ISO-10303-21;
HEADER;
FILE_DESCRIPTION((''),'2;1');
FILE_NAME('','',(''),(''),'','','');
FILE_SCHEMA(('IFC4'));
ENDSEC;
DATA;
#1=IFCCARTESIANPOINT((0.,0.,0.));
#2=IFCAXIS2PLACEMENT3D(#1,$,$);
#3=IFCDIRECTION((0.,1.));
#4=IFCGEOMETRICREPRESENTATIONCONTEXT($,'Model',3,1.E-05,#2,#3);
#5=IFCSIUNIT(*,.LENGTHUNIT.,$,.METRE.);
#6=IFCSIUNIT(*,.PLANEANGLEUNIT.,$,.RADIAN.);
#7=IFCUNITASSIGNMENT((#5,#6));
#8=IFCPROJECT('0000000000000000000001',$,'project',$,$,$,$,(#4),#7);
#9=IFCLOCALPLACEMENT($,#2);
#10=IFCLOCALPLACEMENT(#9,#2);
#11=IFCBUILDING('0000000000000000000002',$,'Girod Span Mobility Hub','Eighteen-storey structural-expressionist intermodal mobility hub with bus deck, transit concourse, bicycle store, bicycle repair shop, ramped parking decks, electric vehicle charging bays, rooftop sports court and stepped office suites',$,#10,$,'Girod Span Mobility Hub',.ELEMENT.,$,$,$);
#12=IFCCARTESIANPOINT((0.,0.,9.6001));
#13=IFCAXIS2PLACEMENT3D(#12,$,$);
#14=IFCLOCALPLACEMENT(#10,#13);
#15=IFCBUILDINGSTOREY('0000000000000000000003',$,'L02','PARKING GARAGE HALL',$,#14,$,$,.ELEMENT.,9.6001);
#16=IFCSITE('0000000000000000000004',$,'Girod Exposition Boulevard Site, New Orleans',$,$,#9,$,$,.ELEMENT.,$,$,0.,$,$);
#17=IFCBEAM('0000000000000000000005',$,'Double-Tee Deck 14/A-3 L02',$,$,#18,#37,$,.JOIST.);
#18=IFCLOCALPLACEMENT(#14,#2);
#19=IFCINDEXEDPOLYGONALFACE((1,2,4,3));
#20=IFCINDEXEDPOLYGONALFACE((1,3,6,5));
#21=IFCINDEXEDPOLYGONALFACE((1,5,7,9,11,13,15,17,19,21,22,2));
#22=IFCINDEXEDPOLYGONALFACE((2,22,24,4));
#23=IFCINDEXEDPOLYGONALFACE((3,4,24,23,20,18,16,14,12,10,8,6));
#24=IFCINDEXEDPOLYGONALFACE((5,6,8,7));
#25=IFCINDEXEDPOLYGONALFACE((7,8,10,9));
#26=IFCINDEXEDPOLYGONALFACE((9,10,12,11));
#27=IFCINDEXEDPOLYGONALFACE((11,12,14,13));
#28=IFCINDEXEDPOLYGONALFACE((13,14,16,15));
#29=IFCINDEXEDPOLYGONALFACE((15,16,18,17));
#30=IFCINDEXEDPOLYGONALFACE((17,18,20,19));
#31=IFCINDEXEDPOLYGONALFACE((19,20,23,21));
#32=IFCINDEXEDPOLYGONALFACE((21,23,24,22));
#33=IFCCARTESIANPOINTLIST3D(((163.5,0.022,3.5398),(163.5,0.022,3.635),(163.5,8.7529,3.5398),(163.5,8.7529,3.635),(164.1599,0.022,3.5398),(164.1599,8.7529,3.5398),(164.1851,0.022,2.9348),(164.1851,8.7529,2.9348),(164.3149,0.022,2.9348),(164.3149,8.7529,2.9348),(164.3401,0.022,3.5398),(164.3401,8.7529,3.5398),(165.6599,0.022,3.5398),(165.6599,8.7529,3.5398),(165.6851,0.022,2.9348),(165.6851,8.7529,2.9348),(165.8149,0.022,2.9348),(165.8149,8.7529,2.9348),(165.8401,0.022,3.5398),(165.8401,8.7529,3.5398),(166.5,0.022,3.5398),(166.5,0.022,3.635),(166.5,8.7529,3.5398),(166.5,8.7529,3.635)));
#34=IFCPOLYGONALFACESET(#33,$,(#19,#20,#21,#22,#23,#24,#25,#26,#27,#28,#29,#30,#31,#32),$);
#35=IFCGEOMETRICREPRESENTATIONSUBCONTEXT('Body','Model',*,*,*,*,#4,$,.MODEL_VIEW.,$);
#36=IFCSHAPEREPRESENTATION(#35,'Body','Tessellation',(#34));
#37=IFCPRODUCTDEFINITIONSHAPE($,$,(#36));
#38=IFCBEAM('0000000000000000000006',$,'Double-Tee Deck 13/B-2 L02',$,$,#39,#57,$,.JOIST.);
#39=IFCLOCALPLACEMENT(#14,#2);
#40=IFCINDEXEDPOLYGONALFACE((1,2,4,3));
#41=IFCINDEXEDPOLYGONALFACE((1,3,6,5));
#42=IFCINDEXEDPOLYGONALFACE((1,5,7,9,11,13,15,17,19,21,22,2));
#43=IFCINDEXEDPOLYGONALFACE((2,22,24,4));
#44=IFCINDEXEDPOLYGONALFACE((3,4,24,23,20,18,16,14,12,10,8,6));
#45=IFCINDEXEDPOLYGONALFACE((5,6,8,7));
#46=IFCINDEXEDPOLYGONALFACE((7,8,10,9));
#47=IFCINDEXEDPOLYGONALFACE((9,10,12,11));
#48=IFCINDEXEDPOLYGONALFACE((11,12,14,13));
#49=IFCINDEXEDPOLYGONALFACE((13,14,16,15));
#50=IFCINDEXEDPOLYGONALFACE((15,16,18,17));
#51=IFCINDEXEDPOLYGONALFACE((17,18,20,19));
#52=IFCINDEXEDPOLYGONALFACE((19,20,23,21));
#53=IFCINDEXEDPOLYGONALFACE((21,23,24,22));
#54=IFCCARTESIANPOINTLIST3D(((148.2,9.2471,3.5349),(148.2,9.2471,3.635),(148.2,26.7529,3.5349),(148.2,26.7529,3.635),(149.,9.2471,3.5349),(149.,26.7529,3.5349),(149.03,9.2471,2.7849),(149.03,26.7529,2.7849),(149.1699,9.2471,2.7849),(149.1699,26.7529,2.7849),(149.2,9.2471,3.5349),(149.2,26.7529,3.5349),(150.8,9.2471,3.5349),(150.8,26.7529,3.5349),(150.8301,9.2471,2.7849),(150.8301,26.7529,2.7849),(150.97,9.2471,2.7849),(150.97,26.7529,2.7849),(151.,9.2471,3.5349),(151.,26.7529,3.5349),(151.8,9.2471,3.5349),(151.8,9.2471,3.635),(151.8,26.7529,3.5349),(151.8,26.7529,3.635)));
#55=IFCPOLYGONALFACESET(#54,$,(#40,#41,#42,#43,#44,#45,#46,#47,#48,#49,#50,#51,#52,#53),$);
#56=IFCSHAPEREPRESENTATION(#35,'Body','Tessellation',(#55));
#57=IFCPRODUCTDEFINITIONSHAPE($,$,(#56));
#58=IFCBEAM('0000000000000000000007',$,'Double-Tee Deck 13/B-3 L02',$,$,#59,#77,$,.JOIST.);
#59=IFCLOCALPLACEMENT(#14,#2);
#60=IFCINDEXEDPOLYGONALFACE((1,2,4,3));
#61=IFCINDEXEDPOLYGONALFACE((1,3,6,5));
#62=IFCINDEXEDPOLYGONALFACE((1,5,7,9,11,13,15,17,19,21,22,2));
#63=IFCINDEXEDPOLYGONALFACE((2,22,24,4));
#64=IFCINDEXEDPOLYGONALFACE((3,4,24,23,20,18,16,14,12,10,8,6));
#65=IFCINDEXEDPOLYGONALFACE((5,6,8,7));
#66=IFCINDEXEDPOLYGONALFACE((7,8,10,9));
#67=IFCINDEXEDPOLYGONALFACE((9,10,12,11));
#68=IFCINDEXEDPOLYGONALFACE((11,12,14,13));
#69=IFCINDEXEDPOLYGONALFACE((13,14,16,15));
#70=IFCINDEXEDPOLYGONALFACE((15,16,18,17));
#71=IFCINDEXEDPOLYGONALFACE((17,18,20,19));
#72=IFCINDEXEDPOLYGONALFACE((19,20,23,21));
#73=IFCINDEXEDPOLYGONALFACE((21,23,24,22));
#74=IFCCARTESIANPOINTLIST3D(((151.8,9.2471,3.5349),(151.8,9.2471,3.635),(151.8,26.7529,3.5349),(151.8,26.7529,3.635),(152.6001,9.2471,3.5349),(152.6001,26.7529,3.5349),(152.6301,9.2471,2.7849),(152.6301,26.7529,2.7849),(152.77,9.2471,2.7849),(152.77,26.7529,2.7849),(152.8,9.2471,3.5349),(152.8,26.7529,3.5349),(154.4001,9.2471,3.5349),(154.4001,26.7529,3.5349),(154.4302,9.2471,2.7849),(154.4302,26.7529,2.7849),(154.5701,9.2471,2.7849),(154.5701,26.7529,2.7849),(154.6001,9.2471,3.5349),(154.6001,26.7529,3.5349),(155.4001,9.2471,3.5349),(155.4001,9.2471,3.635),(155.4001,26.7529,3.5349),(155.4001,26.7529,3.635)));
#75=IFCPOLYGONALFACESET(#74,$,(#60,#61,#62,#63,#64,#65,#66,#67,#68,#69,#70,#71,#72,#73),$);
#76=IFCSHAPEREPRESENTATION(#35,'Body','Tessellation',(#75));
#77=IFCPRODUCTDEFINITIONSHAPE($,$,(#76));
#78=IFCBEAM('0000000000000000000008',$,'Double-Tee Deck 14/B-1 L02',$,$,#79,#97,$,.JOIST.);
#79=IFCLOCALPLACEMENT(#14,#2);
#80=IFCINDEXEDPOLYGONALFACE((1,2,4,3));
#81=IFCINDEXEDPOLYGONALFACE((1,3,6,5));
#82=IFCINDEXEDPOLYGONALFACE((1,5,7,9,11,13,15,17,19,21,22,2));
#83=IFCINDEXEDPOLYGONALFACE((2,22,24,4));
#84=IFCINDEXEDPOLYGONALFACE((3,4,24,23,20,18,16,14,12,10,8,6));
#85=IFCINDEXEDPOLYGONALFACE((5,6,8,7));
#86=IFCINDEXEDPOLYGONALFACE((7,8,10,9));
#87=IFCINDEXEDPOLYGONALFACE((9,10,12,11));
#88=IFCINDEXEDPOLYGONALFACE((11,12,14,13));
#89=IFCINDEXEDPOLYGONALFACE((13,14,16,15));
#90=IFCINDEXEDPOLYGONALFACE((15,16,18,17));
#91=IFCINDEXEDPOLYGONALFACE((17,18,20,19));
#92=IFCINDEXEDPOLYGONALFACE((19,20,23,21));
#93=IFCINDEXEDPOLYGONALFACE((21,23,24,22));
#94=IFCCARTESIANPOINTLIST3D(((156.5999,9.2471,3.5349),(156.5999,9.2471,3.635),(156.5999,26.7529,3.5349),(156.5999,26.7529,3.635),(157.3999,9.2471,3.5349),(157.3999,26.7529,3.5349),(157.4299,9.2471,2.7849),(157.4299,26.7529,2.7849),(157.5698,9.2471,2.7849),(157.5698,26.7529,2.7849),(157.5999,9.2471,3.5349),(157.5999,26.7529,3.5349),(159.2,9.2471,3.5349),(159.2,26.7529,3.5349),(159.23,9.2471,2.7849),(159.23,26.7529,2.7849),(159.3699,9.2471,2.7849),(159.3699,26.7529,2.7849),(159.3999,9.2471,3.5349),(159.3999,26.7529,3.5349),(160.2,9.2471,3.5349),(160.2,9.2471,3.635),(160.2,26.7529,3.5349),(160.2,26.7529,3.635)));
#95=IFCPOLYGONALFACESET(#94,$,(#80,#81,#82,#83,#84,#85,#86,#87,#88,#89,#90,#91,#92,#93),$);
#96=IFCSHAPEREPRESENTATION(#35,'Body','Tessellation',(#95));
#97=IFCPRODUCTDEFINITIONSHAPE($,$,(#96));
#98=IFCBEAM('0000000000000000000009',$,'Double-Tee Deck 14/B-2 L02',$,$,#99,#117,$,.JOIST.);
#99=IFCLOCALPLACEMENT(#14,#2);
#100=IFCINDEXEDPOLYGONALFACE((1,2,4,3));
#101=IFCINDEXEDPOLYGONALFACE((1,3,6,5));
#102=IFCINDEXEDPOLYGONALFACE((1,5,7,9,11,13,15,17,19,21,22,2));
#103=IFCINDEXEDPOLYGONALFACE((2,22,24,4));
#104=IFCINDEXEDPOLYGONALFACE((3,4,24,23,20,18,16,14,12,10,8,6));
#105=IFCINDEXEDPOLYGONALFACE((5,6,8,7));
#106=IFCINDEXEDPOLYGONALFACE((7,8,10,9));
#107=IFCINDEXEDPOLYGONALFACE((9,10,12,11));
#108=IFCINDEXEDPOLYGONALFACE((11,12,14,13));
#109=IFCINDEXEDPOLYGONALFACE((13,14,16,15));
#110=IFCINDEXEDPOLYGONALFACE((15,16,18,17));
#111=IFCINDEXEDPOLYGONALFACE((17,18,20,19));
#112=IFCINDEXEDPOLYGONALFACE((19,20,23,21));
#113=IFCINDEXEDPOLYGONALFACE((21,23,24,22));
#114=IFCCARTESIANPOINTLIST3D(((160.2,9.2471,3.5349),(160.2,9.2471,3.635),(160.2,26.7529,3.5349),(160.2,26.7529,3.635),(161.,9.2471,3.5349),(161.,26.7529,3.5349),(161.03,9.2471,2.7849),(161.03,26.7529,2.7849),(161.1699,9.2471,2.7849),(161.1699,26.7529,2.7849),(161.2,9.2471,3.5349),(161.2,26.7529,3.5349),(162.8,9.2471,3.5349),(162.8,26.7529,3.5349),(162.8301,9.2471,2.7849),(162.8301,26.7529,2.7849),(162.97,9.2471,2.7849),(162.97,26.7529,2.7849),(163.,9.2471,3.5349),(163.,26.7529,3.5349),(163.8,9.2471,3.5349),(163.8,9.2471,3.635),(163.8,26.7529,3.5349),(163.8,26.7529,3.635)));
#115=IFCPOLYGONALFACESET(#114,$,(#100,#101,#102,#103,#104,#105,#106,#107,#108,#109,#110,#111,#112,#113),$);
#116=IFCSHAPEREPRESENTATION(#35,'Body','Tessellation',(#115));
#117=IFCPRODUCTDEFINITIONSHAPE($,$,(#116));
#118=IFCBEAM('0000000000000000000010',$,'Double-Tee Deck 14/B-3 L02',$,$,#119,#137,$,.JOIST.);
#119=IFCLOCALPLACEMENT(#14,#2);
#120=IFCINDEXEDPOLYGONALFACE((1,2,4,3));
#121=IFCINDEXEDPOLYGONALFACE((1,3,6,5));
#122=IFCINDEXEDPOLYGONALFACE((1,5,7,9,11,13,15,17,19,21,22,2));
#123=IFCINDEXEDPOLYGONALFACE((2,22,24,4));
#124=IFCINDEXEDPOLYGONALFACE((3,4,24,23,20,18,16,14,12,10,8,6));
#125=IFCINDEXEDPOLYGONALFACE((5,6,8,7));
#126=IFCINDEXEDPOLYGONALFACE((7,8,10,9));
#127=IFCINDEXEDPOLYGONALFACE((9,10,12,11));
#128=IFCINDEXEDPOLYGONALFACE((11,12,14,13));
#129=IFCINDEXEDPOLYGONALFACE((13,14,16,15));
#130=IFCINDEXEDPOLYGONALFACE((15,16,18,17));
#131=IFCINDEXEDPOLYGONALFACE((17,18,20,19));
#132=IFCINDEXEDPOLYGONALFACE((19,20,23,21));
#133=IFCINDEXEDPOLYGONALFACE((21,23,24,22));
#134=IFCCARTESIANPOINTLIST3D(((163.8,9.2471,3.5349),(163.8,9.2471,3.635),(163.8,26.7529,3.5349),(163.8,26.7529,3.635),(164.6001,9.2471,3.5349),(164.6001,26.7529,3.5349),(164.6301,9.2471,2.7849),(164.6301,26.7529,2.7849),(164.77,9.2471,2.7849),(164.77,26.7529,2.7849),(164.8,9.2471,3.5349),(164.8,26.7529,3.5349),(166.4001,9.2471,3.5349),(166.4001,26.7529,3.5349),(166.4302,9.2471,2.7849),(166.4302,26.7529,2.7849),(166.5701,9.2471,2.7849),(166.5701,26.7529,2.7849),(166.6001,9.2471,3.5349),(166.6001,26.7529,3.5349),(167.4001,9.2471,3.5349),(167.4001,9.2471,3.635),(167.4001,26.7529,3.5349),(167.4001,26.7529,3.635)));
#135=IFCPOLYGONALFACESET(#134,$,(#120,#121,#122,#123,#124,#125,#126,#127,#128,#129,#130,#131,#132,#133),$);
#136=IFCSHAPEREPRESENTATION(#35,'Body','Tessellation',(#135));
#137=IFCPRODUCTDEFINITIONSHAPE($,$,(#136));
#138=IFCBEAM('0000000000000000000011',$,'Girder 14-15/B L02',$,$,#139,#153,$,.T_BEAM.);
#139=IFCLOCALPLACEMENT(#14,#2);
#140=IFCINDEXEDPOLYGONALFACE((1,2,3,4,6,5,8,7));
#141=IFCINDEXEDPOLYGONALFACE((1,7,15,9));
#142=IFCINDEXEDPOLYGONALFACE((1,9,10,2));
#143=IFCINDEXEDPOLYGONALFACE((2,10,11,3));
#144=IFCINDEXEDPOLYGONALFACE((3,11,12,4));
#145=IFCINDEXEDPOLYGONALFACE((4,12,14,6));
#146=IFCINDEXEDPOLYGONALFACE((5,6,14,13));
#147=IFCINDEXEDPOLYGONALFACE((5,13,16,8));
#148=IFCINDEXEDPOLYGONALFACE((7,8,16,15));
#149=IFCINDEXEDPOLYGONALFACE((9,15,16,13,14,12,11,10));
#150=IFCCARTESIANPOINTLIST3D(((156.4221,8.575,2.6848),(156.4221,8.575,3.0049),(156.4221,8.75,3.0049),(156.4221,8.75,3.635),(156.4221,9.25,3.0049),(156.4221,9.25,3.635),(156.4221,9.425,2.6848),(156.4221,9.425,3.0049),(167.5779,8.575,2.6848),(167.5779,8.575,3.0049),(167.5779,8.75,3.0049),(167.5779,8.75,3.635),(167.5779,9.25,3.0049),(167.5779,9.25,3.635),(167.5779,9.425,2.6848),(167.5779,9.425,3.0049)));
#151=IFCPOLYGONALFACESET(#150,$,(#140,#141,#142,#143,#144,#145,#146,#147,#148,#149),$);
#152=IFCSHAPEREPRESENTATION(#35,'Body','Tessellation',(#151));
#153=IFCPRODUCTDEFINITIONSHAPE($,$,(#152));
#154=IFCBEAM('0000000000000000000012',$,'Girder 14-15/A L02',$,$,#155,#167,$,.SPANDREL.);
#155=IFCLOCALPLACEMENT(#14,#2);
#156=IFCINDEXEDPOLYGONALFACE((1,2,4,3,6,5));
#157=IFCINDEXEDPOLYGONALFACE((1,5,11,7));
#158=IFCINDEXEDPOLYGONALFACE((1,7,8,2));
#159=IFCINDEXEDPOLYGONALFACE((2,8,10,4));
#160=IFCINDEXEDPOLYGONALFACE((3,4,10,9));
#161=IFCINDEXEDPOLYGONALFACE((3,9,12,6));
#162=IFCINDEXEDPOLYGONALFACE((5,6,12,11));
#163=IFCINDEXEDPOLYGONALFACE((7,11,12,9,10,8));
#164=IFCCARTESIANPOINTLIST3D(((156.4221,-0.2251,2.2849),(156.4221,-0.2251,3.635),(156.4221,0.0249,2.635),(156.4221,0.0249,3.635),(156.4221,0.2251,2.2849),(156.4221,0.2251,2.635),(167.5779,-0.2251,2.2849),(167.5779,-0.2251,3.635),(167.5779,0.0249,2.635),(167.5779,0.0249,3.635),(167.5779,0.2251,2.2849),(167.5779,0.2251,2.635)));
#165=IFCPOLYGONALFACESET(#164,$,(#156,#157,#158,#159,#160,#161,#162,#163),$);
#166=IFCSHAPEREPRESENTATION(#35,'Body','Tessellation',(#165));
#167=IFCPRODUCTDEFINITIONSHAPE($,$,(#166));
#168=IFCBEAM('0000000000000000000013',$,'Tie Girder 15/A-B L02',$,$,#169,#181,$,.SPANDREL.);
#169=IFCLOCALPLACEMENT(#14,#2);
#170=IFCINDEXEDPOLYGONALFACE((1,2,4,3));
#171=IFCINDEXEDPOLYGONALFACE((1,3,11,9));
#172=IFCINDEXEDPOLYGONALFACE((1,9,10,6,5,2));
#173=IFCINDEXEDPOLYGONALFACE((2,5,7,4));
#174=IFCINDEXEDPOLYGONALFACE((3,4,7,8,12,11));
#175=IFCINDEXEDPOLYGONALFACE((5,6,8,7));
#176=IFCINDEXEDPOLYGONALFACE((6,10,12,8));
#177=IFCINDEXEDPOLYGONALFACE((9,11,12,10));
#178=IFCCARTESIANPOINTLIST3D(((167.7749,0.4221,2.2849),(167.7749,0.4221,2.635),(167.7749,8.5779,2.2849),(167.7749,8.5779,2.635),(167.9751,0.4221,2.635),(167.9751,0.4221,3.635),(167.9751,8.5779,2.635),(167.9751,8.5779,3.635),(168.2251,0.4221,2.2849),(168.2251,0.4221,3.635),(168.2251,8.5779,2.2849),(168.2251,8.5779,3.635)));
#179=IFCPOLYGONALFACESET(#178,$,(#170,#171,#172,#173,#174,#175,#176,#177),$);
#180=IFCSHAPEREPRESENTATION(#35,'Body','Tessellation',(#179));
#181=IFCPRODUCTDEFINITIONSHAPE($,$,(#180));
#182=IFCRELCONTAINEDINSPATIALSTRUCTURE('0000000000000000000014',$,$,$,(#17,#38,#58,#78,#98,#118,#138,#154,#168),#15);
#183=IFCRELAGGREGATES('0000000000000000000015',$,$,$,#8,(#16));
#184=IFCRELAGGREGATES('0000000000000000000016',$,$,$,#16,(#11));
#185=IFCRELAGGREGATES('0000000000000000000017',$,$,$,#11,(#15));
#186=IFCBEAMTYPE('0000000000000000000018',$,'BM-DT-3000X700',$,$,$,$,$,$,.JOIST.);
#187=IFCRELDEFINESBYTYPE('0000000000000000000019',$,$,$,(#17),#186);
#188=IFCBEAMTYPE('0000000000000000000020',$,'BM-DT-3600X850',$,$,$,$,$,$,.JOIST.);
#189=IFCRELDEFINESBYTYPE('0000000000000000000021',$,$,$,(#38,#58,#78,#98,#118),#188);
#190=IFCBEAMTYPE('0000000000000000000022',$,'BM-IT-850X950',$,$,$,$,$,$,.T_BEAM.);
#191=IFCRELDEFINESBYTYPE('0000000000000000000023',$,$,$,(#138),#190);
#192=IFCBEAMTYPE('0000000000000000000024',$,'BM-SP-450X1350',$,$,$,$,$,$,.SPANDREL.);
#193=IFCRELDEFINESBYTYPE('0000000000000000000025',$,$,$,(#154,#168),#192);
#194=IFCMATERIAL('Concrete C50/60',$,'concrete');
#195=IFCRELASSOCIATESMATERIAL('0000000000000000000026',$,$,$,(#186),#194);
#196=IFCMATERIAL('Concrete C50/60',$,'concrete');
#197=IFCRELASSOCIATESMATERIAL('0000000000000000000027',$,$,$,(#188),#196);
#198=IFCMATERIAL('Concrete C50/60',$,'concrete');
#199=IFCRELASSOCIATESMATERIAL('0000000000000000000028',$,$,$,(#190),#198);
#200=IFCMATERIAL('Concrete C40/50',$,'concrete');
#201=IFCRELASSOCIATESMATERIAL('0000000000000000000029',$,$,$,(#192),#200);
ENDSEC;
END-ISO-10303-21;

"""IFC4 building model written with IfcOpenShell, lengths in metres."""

from ifc_helpers import new_model, si_unit, direction, frame, origin, place, context, subcontext, project, spatial, polyline, outline, extrude, material, material_profile, profile_set, type_object, element, save


model = new_model("IFC4")

# Units and contexts
model_context = context("Model", 3, precision=1e-05, world=origin(), true_north=direction((0.0, 1.0)))
body_context = subcontext(model_context, "Body", "Model", "MODEL_VIEW")
ifc_project = project(units=[si_unit("LENGTHUNIT", "METRE"), si_unit("PLANEANGLEUNIT", "RADIAN")], contexts=[model_context])

# Site, building, storey
site_placement = place(None, origin())
site = spatial("IfcSite", under=ifc_project, at=site_placement, Name="Girod Exposition Boulevard Site, New Orleans", CompositionType="ELEMENT", RefElevation=0.0)
building_placement = place(site_placement, origin())
building = spatial("IfcBuilding", under=site, at=building_placement, Name="Girod Span Mobility Hub", Description="Eighteen-storey structural-expressionist intermodal mobility hub with bus deck, transit concourse, bicycle store, bicycle repair shop, ramped parking decks, electric vehicle charging bays, rooftop sports court and stepped office suites", LongName="Girod Span Mobility Hub", CompositionType="ELEMENT")
storey_placement = place(building_placement, frame((0.0, 0.0, 9.6001)))
storey = spatial("IfcBuildingStorey", under=building, at=storey_placement, Name="L02", Description="PARKING GARAGE HALL", CompositionType="ELEMENT", Elevation=9.6001)

# Beams
ifc_material_1 = material(Name="Concrete C50/60", Category="concrete")
ifc_material_profile_1 = material_profile(ifc_material_1, outline(polyline([(-1.5, 0.3501), (-1.5, 0.2549), (-0.8401, 0.2549), (-0.8149, -0.3501), (-0.6851, -0.3501), (-0.6599, 0.2549), (0.6599, 0.2549), (0.6851, -0.3501), (0.8149, -0.3501), (0.8401, 0.2549), (1.5, 0.2549), (1.5, 0.3501), (-1.5, 0.3501)])), Name="DT-3000X700")
ifc_profile_set_1 = profile_set([ifc_material_profile_1], Name="Concrete C50/60")
beam_type_1 = type_object("IfcBeamType", Name="BM-DT-3000X700", PredefinedType="JOIST", material=ifc_profile_set_1)
for number, where, z_axis, x_axis, name in (
    (1, (165.0, 0.022, 3.2849), (0.0, 1.0, 0.0), (-1.0, 0.0, 0.0), "Double-Tee Deck 14/A-3 L02"),
):
    element("IfcBeam", number, at=place(storey_placement, frame(where, z_axis=z_axis, x_axis=x_axis)), inside=storey, type_object=beam_type_1, Name=name, PredefinedType="JOIST", context=body_context, shape_type="SweptSolid", body=[
        extrude(outline(polyline([(-1.5, 0.3501), (-1.5, 0.2549), (-0.8401, 0.2549), (-0.8149, -0.3501), (-0.6851, -0.3501), (-0.6599, 0.2549), (0.6599, 0.2549), (0.6851, -0.3501), (0.8149, -0.3501), (0.8401, 0.2549), (1.5, 0.2549), (1.5, 0.3501), (-1.5, 0.3501)])), origin(), (0.0, 0.0, 1.0), 8.731),
    ])
ifc_material_2 = material(Name="Concrete C50/60", Category="concrete")
ifc_material_profile_2 = material_profile(ifc_material_2, outline(polyline([(-1.8, 0.425), (-1.8, 0.325), (-1.0, 0.325), (-0.97, -0.425), (-0.8301, -0.425), (-0.8, 0.325), (0.8, 0.325), (0.8301, -0.425), (0.97, -0.425), (1.0, 0.325), (1.8, 0.325), (1.8, 0.425), (-1.8, 0.425)])), Name="DT-3600X850")
ifc_profile_set_2 = profile_set([ifc_material_profile_2], Name="Concrete C50/60")
beam_type_2 = type_object("IfcBeamType", Name="BM-DT-3600X850", PredefinedType="JOIST", material=ifc_profile_set_2)
for number, where, z_axis, x_axis, name in (
    (2, (150.0, 9.2471, 3.21), (0.0, 1.0, 0.0), (-1.0, 0.0, 0.0), "Double-Tee Deck 13/B-2 L02"),
    (3, (153.6001, 9.2471, 3.21), (0.0, 1.0, 0.0), (-1.0, 0.0, 0.0), "Double-Tee Deck 13/B-3 L02"),
    (4, (158.3999, 9.2471, 3.21), (0.0, 1.0, 0.0), (-1.0, 0.0, 0.0), "Double-Tee Deck 14/B-1 L02"),
    (5, (162.0, 9.2471, 3.21), (0.0, 1.0, 0.0), (-1.0, 0.0, 0.0), "Double-Tee Deck 14/B-2 L02"),
    (6, (165.6001, 9.2471, 3.21), (0.0, 1.0, 0.0), (-1.0, 0.0, 0.0), "Double-Tee Deck 14/B-3 L02"),
):
    element("IfcBeam", number, at=place(storey_placement, frame(where, z_axis=z_axis, x_axis=x_axis)), inside=storey, type_object=beam_type_2, Name=name, PredefinedType="JOIST", context=body_context, shape_type="SweptSolid", body=[
        extrude(outline(polyline([(-1.8, 0.425), (-1.8, 0.325), (-1.0, 0.325), (-0.97, -0.425), (-0.8301, -0.425), (-0.8, 0.325), (0.8, 0.325), (0.8301, -0.425), (0.97, -0.425), (1.0, 0.325), (1.8, 0.325), (1.8, 0.425), (-1.8, 0.425)])), origin(), (0.0, 0.0, 1.0), 17.5059),
    ])
ifc_material_3 = material(Name="Concrete C50/60", Category="concrete")
ifc_material_profile_3 = material_profile(ifc_material_3, outline(polyline([(-0.425, -0.4751), (0.425, -0.4751), (0.425, -0.155), (0.25, -0.155), (0.25, 0.4751), (-0.25, 0.4751), (-0.25, -0.155), (-0.425, -0.155), (-0.425, -0.4751)])), Name="IT-850X950")
ifc_profile_set_3 = profile_set([ifc_material_profile_3], Name="Concrete C50/60")
beam_type_3 = type_object("IfcBeamType", Name="BM-IT-850X950", PredefinedType="T_BEAM", material=ifc_profile_set_3)
beam_1_placement = place(storey_placement, frame((156.4221, 9.0, 3.1599), z_axis=(1.0, 0.0, 0.0), x_axis=(0.0, 1.0, 0.0)))
element("IfcBeam", 7, at=beam_1_placement, inside=storey, type_object=beam_type_3, Name="Girder 14-15/B L02", PredefinedType="T_BEAM", context=body_context, shape_type="SweptSolid", body=[
    extrude(outline(polyline([(-0.425, -0.4751), (0.425, -0.4751), (0.425, -0.155), (0.25, -0.155), (0.25, 0.4751), (-0.25, 0.4751), (-0.25, -0.155), (-0.425, -0.155), (-0.425, -0.4751)])), origin(), (0.0, 0.0, 1.0), 11.1558),
])
ifc_material_4 = material(Name="Concrete C40/50", Category="concrete")
ifc_material_profile_4 = material_profile(ifc_material_4, outline(polyline([(-0.2251, -0.675), (0.2251, -0.675), (0.2251, -0.325), (0.0249, -0.325), (0.0249, 0.675), (-0.2251, 0.675), (-0.2251, -0.675)])), Name="SP-450X1350")
ifc_profile_set_4 = profile_set([ifc_material_profile_4], Name="Concrete C40/50")
beam_type_4 = type_object("IfcBeamType", Name="BM-SP-450X1350", PredefinedType="SPANDREL", material=ifc_profile_set_4)
beam_2_placement = place(storey_placement, frame((156.4221, 0.0, 2.96), z_axis=(1.0, 0.0, 0.0), x_axis=(0.0, 1.0, 0.0)))
element("IfcBeam", 8, at=beam_2_placement, inside=storey, type_object=beam_type_4, Name="Girder 14-15/A L02", PredefinedType="SPANDREL", context=body_context, shape_type="SweptSolid", body=[
    extrude(outline(polyline([(-0.2251, -0.675), (0.2251, -0.675), (0.2251, -0.325), (0.0249, -0.325), (0.0249, 0.675), (-0.2251, 0.675), (-0.2251, -0.675)])), origin(), (0.0, 0.0, 1.0), 11.1558),
])
beam_3_placement = place(storey_placement, frame((168.0, 0.4221, 2.96), z_axis=(0.0, 1.0, 0.0), x_axis=(-1.0, 0.0, 0.0)))
element("IfcBeam", 9, at=beam_3_placement, inside=storey, type_object=beam_type_4, Name="Tie Girder 15/A-B L02", PredefinedType="SPANDREL", context=body_context, shape_type="SweptSolid", body=[
    extrude(outline(polyline([(-0.2251, -0.675), (0.2251, -0.675), (0.2251, -0.325), (0.0249, -0.325), (0.0249, 0.675), (-0.2251, 0.675), (-0.2251, -0.675)])), origin(), (0.0, 0.0, 1.0), 8.1558),
])

save(model, "model.ifc")
